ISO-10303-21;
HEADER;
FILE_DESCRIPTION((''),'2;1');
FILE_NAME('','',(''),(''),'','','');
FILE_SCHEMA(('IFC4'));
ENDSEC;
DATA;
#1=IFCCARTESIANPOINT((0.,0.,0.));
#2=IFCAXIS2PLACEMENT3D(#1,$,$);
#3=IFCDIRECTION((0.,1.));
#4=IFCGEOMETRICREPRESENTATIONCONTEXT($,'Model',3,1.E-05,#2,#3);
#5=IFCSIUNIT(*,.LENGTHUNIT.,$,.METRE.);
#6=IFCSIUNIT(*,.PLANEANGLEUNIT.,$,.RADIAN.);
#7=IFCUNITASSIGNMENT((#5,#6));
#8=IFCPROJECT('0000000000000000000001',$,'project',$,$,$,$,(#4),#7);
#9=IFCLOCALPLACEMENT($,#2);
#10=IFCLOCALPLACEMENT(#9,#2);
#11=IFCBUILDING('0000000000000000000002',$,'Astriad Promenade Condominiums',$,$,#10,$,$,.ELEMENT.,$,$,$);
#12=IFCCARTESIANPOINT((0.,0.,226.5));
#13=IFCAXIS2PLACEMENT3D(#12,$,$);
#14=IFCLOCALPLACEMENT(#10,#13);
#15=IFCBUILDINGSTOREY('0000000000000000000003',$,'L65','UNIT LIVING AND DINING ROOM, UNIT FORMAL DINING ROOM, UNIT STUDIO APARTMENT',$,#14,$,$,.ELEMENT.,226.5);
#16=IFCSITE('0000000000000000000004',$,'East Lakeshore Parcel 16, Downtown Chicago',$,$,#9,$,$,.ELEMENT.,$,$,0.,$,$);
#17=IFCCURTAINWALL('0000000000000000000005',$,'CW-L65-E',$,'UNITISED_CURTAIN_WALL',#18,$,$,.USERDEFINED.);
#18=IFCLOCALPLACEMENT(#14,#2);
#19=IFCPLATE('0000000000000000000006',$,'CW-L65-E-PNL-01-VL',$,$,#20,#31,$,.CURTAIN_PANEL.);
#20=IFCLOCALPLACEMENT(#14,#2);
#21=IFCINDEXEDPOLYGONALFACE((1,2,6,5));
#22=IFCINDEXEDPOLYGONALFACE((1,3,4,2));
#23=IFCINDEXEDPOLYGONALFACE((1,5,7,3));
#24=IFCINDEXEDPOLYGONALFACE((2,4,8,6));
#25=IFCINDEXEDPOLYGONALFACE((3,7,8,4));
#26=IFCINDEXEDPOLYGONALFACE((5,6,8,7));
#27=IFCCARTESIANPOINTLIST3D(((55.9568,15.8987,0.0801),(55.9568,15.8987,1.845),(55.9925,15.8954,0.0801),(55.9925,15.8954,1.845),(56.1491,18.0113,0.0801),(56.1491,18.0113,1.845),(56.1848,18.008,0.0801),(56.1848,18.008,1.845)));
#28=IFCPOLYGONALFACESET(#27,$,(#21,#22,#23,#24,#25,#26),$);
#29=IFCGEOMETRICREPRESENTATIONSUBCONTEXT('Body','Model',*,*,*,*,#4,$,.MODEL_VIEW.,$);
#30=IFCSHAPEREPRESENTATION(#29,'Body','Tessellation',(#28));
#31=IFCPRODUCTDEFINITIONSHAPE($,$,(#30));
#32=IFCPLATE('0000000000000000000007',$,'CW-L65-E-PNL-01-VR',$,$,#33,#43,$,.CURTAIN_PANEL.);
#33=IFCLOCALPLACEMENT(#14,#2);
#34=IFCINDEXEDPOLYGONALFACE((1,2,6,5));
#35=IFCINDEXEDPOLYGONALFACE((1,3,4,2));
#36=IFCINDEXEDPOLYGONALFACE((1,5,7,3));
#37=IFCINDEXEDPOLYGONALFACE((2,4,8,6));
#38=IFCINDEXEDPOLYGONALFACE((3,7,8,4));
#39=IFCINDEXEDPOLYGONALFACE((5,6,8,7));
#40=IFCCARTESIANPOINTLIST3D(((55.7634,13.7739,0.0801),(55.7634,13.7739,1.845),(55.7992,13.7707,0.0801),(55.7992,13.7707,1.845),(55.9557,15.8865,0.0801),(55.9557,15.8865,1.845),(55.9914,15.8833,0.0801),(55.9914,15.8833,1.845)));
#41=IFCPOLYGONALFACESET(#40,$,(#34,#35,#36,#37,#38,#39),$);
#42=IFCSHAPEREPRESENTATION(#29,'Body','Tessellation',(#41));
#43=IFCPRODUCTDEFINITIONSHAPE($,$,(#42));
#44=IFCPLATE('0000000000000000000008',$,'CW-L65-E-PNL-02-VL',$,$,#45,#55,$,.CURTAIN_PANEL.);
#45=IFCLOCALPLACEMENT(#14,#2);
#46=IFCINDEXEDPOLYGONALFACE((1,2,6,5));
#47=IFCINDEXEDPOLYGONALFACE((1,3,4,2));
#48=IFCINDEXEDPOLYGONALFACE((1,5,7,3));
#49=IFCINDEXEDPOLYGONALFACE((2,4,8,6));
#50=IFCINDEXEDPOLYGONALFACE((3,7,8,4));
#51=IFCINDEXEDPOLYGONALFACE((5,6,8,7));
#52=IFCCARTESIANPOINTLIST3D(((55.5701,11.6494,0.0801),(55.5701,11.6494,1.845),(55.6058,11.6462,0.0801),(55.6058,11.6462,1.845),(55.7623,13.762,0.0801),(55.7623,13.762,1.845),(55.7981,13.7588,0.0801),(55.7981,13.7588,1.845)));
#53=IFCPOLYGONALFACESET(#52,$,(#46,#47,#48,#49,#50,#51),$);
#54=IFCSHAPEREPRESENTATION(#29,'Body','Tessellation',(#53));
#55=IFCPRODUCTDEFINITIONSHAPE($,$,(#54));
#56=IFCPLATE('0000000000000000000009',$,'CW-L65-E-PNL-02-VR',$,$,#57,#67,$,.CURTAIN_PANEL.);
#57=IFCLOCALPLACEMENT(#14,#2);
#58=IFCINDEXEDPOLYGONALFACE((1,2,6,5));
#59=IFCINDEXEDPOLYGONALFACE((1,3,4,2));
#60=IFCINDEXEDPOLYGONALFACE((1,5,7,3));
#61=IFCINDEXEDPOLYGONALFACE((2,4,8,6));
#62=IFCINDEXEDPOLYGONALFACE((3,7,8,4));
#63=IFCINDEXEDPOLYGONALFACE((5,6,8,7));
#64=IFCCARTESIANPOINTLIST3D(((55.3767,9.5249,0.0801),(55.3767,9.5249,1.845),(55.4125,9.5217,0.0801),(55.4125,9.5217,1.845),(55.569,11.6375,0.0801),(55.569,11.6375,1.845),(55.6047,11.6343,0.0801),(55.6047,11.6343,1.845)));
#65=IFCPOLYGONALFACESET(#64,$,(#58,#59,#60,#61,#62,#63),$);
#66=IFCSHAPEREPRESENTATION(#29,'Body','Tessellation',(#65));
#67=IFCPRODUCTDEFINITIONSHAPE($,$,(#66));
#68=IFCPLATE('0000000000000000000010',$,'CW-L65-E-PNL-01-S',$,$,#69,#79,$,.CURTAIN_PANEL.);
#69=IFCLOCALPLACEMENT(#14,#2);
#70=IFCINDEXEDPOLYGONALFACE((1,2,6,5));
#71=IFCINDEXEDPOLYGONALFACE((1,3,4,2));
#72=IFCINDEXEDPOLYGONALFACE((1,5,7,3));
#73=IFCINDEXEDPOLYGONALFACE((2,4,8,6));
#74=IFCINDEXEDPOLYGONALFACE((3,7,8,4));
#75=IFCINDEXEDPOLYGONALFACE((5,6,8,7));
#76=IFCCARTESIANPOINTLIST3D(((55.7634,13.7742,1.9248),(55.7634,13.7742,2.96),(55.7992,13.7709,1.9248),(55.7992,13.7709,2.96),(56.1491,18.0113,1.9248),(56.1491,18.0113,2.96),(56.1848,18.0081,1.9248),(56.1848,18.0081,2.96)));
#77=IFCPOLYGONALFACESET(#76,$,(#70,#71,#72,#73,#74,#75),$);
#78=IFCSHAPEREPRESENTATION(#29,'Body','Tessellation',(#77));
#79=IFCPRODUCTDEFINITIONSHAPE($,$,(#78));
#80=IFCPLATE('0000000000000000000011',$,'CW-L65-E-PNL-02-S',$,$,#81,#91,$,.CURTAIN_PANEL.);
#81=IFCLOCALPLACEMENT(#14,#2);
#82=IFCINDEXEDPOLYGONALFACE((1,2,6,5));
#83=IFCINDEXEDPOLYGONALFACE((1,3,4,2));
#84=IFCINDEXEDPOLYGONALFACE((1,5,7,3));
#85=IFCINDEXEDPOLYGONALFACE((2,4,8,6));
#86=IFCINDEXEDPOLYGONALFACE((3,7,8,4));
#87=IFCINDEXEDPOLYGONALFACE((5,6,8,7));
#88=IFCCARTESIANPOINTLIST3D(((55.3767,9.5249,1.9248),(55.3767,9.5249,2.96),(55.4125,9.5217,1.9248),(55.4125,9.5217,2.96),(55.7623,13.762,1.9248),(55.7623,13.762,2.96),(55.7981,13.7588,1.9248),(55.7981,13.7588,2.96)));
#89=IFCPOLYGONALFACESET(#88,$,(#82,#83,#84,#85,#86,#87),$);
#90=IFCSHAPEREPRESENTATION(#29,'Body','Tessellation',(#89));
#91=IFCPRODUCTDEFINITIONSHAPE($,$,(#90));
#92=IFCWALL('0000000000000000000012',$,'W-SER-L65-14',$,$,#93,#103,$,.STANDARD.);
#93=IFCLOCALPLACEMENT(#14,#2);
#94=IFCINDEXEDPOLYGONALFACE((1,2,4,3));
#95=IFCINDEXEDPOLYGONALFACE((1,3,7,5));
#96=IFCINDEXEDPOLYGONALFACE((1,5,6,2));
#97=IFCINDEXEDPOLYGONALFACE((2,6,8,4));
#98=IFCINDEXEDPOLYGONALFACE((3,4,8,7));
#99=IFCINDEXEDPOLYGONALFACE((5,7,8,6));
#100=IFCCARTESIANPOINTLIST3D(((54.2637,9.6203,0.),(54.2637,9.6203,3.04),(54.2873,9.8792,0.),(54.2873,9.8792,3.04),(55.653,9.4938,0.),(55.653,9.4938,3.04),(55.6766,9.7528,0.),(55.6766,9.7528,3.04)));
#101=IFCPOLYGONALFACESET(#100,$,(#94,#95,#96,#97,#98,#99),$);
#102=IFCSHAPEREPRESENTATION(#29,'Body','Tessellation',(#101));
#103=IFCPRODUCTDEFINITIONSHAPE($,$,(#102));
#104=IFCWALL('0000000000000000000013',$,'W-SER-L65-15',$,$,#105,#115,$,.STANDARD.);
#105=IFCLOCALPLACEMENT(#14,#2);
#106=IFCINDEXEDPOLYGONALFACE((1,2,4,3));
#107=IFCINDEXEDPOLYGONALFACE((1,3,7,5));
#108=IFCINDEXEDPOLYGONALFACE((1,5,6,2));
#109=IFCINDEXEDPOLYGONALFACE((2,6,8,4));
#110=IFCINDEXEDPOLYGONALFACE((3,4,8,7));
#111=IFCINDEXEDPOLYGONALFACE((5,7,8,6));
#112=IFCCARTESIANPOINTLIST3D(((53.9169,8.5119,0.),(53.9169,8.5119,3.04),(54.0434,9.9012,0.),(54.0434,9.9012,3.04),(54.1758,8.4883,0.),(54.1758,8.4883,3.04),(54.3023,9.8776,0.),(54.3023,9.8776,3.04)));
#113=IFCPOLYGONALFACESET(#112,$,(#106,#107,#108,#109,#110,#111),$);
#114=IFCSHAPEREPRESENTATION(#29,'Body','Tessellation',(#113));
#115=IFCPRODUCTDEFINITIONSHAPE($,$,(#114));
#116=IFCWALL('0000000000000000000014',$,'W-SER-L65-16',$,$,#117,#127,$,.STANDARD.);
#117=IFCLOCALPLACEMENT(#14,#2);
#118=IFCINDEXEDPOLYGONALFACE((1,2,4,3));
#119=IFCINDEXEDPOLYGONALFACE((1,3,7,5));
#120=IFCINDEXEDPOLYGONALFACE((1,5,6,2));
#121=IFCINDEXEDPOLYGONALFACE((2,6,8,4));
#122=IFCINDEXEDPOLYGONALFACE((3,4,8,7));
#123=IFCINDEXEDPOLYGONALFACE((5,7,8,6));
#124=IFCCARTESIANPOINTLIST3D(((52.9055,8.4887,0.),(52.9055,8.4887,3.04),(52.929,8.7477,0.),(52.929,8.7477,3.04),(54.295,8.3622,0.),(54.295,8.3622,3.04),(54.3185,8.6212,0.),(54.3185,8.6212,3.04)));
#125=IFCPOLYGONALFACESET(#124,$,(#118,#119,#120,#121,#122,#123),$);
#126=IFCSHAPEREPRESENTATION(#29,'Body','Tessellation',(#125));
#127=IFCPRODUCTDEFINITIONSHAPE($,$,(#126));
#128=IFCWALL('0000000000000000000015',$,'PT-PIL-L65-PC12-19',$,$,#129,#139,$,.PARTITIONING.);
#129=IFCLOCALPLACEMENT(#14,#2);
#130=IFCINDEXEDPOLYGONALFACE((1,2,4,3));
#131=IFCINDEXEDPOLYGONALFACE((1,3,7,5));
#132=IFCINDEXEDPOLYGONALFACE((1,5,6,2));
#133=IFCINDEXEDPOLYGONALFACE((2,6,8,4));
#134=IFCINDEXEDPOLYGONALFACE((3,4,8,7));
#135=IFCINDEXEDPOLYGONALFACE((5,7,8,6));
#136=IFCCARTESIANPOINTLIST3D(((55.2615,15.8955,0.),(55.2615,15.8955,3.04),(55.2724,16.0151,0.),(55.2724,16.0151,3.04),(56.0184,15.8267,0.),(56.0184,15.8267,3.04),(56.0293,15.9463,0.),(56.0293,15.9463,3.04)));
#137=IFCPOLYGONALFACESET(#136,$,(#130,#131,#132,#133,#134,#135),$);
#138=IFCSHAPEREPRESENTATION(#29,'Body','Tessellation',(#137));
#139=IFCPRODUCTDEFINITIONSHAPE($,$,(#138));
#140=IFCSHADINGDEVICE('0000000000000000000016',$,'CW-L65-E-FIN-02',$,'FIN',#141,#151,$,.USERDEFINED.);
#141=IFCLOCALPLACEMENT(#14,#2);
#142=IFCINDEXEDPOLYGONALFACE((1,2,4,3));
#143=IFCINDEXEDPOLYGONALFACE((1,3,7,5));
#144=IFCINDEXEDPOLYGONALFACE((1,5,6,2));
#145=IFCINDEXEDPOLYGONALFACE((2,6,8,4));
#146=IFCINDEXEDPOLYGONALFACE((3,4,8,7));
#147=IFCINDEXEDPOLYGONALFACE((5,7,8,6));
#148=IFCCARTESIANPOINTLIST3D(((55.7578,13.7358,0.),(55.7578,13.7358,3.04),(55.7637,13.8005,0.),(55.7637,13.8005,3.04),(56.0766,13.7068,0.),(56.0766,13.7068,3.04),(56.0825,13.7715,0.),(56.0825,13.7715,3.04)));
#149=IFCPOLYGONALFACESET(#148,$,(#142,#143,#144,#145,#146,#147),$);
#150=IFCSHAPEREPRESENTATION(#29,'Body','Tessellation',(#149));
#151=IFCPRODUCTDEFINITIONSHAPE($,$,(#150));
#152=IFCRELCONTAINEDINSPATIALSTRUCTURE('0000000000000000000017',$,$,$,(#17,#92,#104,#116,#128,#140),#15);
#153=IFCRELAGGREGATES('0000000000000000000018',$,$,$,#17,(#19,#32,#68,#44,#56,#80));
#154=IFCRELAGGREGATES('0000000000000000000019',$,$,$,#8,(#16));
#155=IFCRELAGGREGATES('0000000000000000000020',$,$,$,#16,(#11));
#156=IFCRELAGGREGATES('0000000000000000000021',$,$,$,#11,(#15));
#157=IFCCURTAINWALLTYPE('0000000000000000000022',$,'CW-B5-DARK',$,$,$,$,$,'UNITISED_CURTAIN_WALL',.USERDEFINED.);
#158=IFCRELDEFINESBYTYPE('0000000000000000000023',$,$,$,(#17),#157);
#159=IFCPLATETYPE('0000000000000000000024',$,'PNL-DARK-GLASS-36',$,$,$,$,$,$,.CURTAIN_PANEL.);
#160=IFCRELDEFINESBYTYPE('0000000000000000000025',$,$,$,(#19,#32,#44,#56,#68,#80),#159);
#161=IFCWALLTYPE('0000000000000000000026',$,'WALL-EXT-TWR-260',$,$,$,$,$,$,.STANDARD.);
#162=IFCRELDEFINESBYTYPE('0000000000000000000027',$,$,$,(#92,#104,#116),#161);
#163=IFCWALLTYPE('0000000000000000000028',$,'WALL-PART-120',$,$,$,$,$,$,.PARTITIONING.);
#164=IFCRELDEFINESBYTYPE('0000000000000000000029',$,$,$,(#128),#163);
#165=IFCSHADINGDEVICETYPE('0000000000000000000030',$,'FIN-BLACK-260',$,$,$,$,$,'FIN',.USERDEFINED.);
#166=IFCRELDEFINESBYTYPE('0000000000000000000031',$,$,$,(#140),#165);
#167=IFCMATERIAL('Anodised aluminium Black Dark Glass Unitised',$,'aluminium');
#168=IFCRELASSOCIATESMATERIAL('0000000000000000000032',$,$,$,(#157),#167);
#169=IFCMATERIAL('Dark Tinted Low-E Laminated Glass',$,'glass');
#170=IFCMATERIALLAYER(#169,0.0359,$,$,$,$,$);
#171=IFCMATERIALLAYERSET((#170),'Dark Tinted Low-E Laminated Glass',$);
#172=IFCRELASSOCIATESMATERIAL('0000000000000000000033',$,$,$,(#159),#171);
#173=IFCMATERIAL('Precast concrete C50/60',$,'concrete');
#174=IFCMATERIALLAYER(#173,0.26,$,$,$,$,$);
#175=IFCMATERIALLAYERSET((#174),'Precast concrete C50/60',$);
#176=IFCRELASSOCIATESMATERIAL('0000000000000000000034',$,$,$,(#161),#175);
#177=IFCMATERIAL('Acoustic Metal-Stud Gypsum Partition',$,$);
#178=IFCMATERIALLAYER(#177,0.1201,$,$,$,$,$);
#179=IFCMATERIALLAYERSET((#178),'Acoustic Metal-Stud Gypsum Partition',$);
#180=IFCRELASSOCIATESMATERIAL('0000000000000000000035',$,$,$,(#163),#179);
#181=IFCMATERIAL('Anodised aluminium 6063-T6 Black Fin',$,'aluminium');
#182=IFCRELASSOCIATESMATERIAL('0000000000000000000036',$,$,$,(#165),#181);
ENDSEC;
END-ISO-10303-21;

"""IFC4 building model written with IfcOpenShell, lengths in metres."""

from ifc_helpers import new_model, si_unit, direction, frame, frame_2d, origin, origin_2d, place, context, subcontext, project, spatial, rectangle, extrude, source, transform, mapped, material, layer, layer_set, type_object, type_shapes, element, aggregate, save


model = new_model("IFC4")

# Units and contexts
model_context = context("Model", 3, precision=1e-05, world=origin(), true_north=direction((0.0, 1.0)))
body_context = subcontext(model_context, "Body", "Model", "MODEL_VIEW")
ifc_project = project(units=[si_unit("LENGTHUNIT", "METRE"), si_unit("PLANEANGLEUNIT", "RADIAN")], contexts=[model_context])

# Site, building, storey
site_placement = place(None, origin())
site = spatial("IfcSite", under=ifc_project, at=site_placement, Name="East Lakeshore Parcel 16, Downtown Chicago", CompositionType="ELEMENT", RefElevation=0.0)
building_placement = place(site_placement, origin())
building = spatial("IfcBuilding", under=site, at=building_placement, Name="Astriad Promenade Condominiums", CompositionType="ELEMENT")
storey_placement = place(building_placement, frame((0.0, 0.0, 226.5)))
storey = spatial("IfcBuildingStorey", under=building, at=storey_placement, Name="L65", Description="UNIT LIVING AND DINING ROOM, UNIT FORMAL DINING ROOM, UNIT STUDIO APARTMENT", CompositionType="ELEMENT", Elevation=226.5)

# Curtain wall, plates
ifc_material_1 = material(Name="Anodised aluminium Black Dark Glass Unitised", Category="aluminium")
curtain_wall_type = type_object("IfcCurtainWallType", Name="CW-B5-DARK", ElementType="UNITISED_CURTAIN_WALL", PredefinedType="USERDEFINED", material=ifc_material_1)
curtain_wall_placement = place(storey_placement, origin())
curtain_wall = element("IfcCurtainWall", 1, at=curtain_wall_placement, inside=storey, type_object=curtain_wall_type, Name="CW-L65-E", ObjectType="UNITISED_CURTAIN_WALL", PredefinedType="USERDEFINED")
ifc_material_2 = material(Name="Dark Tinted Low-E Laminated Glass", Category="glass")
ifc_layer_1 = layer(ifc_material_2, 0.0359)
ifc_layer_set_1 = layer_set([ifc_layer_1], Name="Dark Tinted Low-E Laminated Glass")
plate_type = type_object("IfcPlateType", Name="PNL-DARK-GLASS-36", PredefinedType="CURTAIN_PANEL", material=ifc_layer_set_1)
shared_shape_1 = source(origin(), body_context, "Body", "SweptSolid", [
    extrude(rectangle(XDim=2.1213, YDim=0.0359, at=origin_2d()), origin(), (0.0, 0.0, 1.0), 1.7649),
])
plate_1_placement = place(storey_placement, frame((56.0708, 16.9534, 0.0801), z_axis=(0.0, 0.0, 1.0), x_axis=(-0.090633, -0.995884, 0.0)))
plate_1 = element("IfcPlate", 2, at=plate_1_placement, type_object=plate_type, Name="CW-L65-E-PNL-01-VL", PredefinedType="CURTAIN_PANEL", context=body_context, shape_type="MappedRepresentation", body=[
    mapped(shared_shape_1, transform((0.0, 0.0, 0.0), scale=1.0)),
])
plate_2_placement = place(storey_placement, frame((55.8774, 14.8286, 0.0801), z_axis=(0.0, 0.0, 1.0), x_axis=(-0.090633, -0.995884, 0.0)))
plate_2 = element("IfcPlate", 3, at=plate_2_placement, type_object=plate_type, Name="CW-L65-E-PNL-01-VR", PredefinedType="CURTAIN_PANEL", context=body_context, shape_type="MappedRepresentation", body=[
    mapped(shared_shape_1, transform((0.0, 0.0, 0.0), scale=1.0)),
])
plate_3_placement = place(storey_placement, frame((55.6841, 12.7041, 0.0801), z_axis=(0.0, 0.0, 1.0), x_axis=(-0.090633, -0.995884, 0.0)))
plate_3 = element("IfcPlate", 4, at=plate_3_placement, type_object=plate_type, Name="CW-L65-E-PNL-02-VL", PredefinedType="CURTAIN_PANEL", context=body_context, shape_type="MappedRepresentation", body=[
    mapped(shared_shape_1, transform((0.0, 0.0, 0.0), scale=1.0)),
])
plate_4_placement = place(storey_placement, frame((55.4907, 10.5796, 0.0801), z_axis=(0.0, 0.0, 1.0), x_axis=(-0.090633, -0.995884, 0.0)))
plate_4 = element("IfcPlate", 5, at=plate_4_placement, type_object=plate_type, Name="CW-L65-E-PNL-02-VR", PredefinedType="CURTAIN_PANEL", context=body_context, shape_type="MappedRepresentation", body=[
    mapped(shared_shape_1, transform((0.0, 0.0, 0.0), scale=1.0)),
])
shared_shape_2 = source(origin(), body_context, "Body", "SweptSolid", [
    extrude(rectangle(XDim=4.2546, YDim=0.0359, at=origin_2d()), origin(), (0.0, 0.0, 1.0), 1.0352),
])
type_shapes(plate_type, [shared_shape_1, shared_shape_2])
plate_5_placement = place(storey_placement, frame((55.9741, 15.8911, 1.9248), z_axis=(0.0, 0.0, 1.0), x_axis=(-0.090633, -0.995884, 0.0)))
plate_5 = element("IfcPlate", 6, at=plate_5_placement, type_object=plate_type, Name="CW-L65-E-PNL-01-S", PredefinedType="CURTAIN_PANEL", context=body_context, shape_type="MappedRepresentation", body=[
    mapped(shared_shape_2, transform((0.0, 0.0, 0.0), scale=1.0)),
])
plate_6_placement = place(storey_placement, frame((55.5874, 11.6418, 1.9248), z_axis=(0.0, 0.0, 1.0), x_axis=(-0.090633, -0.995884, 0.0)))
plate_6 = element("IfcPlate", 7, at=plate_6_placement, type_object=plate_type, Name="CW-L65-E-PNL-02-S", PredefinedType="CURTAIN_PANEL", context=body_context, shape_type="MappedRepresentation", body=[
    mapped(shared_shape_2, transform((0.0, 0.0, 0.0), scale=1.0)),
])
aggregate(curtain_wall, [plate_1, plate_2, plate_5, plate_3, plate_4, plate_6])

# Walls
ifc_material_3 = material(Name="Precast concrete C50/60", Category="concrete")
ifc_layer_2 = layer(ifc_material_3, 0.26)
ifc_layer_set_2 = layer_set([ifc_layer_2], Name="Precast concrete C50/60")
wall_type_1 = type_object("IfcWallType", Name="WALL-EXT-TWR-260", PredefinedType="STANDARD", material=ifc_layer_set_2)
for number, where, z_axis, x_axis, name in (
    (8, (55.6648, 9.6233, 0.0), (0.0, 0.0, 1.0), (-0.995882, 0.090662, 0.0), "W-SER-L65-14"),
    (9, (54.1729, 9.8894, 0.0), (0.0, 0.0, 1.0), (-0.090662, -0.995882, 0.0), "W-SER-L65-15"),
):
    element("IfcWall", number, at=place(storey_placement, frame(where, z_axis=z_axis, x_axis=x_axis)), inside=storey, type_object=wall_type_1, Name=name, PredefinedType="STANDARD", context=body_context, shape_type="SweptSolid", body=[
        extrude(rectangle(XDim=1.395, YDim=0.26, at=frame_2d((0.6975, 0.0))), origin(), (0.0, 0.0, 1.0), 3.04),
    ])
wall_1_placement = place(storey_placement, frame((54.3069, 8.4917, 0.0), z_axis=(0.0, 0.0, 1.0), x_axis=(-0.995883, 0.090646, 0.0)))
element("IfcWall", 10, at=wall_1_placement, inside=storey, type_object=wall_type_1, Name="W-SER-L65-16", PredefinedType="STANDARD", context=body_context, shape_type="SweptSolid", body=[
    extrude(rectangle(XDim=1.3953, YDim=0.26, at=frame_2d((0.6978, 0.0))), origin(), (0.0, 0.0, 1.0), 3.04),
])
ifc_material_4 = material(Name="Acoustic Metal-Stud Gypsum Partition")
ifc_layer_3 = layer(ifc_material_4, 0.1201)
ifc_layer_set_3 = layer_set([ifc_layer_3], Name="Acoustic Metal-Stud Gypsum Partition")
wall_type_2 = type_object("IfcWallType", Name="WALL-PART-120", PredefinedType="PARTITIONING", material=ifc_layer_set_3)
wall_2_placement = place(storey_placement, frame((55.2671, 15.9553, 0.0), z_axis=(0.0, 0.0, 1.0), x_axis=(0.995888, -0.090594, 0.0)))
element("IfcWall", 11, at=wall_2_placement, inside=storey, type_object=wall_type_2, Name="PT-PIL-L65-PC12-19", PredefinedType="PARTITIONING", context=body_context, shape_type="SweptSolid", body=[
    extrude(rectangle(XDim=0.76, YDim=0.1201, at=frame_2d((0.3799, 0.0))), origin(), (0.0, 0.0, 1.0), 3.04),
])

# Shading device
ifc_material_5 = material(Name="Anodised aluminium 6063-T6 Black Fin", Category="aluminium")
shading_device_type = type_object("IfcShadingDeviceType", Name="FIN-BLACK-260", ElementType="FIN", PredefinedType="USERDEFINED", material=ifc_material_5)
shared_shape_3 = source(origin(), body_context, "Body", "SweptSolid", [
    extrude(rectangle(XDim=0.0649, YDim=0.3201, at=origin_2d()), origin(), (0.0, 0.0, 1.0), 3.04),
])
type_shapes(shading_device_type, [shared_shape_3])
shading_device_placement = place(storey_placement, frame((55.9202, 13.7537, 0.0), z_axis=(0.0, 0.0, 1.0), x_axis=(-0.090633, -0.995884, 0.0)))
element("IfcShadingDevice", 12, at=shading_device_placement, inside=storey, type_object=shading_device_type, Name="CW-L65-E-FIN-02", ObjectType="FIN", PredefinedType="USERDEFINED", context=body_context, shape_type="MappedRepresentation", body=[
    mapped(shared_shape_3, transform((0.0, 0.0, 0.0), scale=1.0)),
])

save(model, "model.ifc")
